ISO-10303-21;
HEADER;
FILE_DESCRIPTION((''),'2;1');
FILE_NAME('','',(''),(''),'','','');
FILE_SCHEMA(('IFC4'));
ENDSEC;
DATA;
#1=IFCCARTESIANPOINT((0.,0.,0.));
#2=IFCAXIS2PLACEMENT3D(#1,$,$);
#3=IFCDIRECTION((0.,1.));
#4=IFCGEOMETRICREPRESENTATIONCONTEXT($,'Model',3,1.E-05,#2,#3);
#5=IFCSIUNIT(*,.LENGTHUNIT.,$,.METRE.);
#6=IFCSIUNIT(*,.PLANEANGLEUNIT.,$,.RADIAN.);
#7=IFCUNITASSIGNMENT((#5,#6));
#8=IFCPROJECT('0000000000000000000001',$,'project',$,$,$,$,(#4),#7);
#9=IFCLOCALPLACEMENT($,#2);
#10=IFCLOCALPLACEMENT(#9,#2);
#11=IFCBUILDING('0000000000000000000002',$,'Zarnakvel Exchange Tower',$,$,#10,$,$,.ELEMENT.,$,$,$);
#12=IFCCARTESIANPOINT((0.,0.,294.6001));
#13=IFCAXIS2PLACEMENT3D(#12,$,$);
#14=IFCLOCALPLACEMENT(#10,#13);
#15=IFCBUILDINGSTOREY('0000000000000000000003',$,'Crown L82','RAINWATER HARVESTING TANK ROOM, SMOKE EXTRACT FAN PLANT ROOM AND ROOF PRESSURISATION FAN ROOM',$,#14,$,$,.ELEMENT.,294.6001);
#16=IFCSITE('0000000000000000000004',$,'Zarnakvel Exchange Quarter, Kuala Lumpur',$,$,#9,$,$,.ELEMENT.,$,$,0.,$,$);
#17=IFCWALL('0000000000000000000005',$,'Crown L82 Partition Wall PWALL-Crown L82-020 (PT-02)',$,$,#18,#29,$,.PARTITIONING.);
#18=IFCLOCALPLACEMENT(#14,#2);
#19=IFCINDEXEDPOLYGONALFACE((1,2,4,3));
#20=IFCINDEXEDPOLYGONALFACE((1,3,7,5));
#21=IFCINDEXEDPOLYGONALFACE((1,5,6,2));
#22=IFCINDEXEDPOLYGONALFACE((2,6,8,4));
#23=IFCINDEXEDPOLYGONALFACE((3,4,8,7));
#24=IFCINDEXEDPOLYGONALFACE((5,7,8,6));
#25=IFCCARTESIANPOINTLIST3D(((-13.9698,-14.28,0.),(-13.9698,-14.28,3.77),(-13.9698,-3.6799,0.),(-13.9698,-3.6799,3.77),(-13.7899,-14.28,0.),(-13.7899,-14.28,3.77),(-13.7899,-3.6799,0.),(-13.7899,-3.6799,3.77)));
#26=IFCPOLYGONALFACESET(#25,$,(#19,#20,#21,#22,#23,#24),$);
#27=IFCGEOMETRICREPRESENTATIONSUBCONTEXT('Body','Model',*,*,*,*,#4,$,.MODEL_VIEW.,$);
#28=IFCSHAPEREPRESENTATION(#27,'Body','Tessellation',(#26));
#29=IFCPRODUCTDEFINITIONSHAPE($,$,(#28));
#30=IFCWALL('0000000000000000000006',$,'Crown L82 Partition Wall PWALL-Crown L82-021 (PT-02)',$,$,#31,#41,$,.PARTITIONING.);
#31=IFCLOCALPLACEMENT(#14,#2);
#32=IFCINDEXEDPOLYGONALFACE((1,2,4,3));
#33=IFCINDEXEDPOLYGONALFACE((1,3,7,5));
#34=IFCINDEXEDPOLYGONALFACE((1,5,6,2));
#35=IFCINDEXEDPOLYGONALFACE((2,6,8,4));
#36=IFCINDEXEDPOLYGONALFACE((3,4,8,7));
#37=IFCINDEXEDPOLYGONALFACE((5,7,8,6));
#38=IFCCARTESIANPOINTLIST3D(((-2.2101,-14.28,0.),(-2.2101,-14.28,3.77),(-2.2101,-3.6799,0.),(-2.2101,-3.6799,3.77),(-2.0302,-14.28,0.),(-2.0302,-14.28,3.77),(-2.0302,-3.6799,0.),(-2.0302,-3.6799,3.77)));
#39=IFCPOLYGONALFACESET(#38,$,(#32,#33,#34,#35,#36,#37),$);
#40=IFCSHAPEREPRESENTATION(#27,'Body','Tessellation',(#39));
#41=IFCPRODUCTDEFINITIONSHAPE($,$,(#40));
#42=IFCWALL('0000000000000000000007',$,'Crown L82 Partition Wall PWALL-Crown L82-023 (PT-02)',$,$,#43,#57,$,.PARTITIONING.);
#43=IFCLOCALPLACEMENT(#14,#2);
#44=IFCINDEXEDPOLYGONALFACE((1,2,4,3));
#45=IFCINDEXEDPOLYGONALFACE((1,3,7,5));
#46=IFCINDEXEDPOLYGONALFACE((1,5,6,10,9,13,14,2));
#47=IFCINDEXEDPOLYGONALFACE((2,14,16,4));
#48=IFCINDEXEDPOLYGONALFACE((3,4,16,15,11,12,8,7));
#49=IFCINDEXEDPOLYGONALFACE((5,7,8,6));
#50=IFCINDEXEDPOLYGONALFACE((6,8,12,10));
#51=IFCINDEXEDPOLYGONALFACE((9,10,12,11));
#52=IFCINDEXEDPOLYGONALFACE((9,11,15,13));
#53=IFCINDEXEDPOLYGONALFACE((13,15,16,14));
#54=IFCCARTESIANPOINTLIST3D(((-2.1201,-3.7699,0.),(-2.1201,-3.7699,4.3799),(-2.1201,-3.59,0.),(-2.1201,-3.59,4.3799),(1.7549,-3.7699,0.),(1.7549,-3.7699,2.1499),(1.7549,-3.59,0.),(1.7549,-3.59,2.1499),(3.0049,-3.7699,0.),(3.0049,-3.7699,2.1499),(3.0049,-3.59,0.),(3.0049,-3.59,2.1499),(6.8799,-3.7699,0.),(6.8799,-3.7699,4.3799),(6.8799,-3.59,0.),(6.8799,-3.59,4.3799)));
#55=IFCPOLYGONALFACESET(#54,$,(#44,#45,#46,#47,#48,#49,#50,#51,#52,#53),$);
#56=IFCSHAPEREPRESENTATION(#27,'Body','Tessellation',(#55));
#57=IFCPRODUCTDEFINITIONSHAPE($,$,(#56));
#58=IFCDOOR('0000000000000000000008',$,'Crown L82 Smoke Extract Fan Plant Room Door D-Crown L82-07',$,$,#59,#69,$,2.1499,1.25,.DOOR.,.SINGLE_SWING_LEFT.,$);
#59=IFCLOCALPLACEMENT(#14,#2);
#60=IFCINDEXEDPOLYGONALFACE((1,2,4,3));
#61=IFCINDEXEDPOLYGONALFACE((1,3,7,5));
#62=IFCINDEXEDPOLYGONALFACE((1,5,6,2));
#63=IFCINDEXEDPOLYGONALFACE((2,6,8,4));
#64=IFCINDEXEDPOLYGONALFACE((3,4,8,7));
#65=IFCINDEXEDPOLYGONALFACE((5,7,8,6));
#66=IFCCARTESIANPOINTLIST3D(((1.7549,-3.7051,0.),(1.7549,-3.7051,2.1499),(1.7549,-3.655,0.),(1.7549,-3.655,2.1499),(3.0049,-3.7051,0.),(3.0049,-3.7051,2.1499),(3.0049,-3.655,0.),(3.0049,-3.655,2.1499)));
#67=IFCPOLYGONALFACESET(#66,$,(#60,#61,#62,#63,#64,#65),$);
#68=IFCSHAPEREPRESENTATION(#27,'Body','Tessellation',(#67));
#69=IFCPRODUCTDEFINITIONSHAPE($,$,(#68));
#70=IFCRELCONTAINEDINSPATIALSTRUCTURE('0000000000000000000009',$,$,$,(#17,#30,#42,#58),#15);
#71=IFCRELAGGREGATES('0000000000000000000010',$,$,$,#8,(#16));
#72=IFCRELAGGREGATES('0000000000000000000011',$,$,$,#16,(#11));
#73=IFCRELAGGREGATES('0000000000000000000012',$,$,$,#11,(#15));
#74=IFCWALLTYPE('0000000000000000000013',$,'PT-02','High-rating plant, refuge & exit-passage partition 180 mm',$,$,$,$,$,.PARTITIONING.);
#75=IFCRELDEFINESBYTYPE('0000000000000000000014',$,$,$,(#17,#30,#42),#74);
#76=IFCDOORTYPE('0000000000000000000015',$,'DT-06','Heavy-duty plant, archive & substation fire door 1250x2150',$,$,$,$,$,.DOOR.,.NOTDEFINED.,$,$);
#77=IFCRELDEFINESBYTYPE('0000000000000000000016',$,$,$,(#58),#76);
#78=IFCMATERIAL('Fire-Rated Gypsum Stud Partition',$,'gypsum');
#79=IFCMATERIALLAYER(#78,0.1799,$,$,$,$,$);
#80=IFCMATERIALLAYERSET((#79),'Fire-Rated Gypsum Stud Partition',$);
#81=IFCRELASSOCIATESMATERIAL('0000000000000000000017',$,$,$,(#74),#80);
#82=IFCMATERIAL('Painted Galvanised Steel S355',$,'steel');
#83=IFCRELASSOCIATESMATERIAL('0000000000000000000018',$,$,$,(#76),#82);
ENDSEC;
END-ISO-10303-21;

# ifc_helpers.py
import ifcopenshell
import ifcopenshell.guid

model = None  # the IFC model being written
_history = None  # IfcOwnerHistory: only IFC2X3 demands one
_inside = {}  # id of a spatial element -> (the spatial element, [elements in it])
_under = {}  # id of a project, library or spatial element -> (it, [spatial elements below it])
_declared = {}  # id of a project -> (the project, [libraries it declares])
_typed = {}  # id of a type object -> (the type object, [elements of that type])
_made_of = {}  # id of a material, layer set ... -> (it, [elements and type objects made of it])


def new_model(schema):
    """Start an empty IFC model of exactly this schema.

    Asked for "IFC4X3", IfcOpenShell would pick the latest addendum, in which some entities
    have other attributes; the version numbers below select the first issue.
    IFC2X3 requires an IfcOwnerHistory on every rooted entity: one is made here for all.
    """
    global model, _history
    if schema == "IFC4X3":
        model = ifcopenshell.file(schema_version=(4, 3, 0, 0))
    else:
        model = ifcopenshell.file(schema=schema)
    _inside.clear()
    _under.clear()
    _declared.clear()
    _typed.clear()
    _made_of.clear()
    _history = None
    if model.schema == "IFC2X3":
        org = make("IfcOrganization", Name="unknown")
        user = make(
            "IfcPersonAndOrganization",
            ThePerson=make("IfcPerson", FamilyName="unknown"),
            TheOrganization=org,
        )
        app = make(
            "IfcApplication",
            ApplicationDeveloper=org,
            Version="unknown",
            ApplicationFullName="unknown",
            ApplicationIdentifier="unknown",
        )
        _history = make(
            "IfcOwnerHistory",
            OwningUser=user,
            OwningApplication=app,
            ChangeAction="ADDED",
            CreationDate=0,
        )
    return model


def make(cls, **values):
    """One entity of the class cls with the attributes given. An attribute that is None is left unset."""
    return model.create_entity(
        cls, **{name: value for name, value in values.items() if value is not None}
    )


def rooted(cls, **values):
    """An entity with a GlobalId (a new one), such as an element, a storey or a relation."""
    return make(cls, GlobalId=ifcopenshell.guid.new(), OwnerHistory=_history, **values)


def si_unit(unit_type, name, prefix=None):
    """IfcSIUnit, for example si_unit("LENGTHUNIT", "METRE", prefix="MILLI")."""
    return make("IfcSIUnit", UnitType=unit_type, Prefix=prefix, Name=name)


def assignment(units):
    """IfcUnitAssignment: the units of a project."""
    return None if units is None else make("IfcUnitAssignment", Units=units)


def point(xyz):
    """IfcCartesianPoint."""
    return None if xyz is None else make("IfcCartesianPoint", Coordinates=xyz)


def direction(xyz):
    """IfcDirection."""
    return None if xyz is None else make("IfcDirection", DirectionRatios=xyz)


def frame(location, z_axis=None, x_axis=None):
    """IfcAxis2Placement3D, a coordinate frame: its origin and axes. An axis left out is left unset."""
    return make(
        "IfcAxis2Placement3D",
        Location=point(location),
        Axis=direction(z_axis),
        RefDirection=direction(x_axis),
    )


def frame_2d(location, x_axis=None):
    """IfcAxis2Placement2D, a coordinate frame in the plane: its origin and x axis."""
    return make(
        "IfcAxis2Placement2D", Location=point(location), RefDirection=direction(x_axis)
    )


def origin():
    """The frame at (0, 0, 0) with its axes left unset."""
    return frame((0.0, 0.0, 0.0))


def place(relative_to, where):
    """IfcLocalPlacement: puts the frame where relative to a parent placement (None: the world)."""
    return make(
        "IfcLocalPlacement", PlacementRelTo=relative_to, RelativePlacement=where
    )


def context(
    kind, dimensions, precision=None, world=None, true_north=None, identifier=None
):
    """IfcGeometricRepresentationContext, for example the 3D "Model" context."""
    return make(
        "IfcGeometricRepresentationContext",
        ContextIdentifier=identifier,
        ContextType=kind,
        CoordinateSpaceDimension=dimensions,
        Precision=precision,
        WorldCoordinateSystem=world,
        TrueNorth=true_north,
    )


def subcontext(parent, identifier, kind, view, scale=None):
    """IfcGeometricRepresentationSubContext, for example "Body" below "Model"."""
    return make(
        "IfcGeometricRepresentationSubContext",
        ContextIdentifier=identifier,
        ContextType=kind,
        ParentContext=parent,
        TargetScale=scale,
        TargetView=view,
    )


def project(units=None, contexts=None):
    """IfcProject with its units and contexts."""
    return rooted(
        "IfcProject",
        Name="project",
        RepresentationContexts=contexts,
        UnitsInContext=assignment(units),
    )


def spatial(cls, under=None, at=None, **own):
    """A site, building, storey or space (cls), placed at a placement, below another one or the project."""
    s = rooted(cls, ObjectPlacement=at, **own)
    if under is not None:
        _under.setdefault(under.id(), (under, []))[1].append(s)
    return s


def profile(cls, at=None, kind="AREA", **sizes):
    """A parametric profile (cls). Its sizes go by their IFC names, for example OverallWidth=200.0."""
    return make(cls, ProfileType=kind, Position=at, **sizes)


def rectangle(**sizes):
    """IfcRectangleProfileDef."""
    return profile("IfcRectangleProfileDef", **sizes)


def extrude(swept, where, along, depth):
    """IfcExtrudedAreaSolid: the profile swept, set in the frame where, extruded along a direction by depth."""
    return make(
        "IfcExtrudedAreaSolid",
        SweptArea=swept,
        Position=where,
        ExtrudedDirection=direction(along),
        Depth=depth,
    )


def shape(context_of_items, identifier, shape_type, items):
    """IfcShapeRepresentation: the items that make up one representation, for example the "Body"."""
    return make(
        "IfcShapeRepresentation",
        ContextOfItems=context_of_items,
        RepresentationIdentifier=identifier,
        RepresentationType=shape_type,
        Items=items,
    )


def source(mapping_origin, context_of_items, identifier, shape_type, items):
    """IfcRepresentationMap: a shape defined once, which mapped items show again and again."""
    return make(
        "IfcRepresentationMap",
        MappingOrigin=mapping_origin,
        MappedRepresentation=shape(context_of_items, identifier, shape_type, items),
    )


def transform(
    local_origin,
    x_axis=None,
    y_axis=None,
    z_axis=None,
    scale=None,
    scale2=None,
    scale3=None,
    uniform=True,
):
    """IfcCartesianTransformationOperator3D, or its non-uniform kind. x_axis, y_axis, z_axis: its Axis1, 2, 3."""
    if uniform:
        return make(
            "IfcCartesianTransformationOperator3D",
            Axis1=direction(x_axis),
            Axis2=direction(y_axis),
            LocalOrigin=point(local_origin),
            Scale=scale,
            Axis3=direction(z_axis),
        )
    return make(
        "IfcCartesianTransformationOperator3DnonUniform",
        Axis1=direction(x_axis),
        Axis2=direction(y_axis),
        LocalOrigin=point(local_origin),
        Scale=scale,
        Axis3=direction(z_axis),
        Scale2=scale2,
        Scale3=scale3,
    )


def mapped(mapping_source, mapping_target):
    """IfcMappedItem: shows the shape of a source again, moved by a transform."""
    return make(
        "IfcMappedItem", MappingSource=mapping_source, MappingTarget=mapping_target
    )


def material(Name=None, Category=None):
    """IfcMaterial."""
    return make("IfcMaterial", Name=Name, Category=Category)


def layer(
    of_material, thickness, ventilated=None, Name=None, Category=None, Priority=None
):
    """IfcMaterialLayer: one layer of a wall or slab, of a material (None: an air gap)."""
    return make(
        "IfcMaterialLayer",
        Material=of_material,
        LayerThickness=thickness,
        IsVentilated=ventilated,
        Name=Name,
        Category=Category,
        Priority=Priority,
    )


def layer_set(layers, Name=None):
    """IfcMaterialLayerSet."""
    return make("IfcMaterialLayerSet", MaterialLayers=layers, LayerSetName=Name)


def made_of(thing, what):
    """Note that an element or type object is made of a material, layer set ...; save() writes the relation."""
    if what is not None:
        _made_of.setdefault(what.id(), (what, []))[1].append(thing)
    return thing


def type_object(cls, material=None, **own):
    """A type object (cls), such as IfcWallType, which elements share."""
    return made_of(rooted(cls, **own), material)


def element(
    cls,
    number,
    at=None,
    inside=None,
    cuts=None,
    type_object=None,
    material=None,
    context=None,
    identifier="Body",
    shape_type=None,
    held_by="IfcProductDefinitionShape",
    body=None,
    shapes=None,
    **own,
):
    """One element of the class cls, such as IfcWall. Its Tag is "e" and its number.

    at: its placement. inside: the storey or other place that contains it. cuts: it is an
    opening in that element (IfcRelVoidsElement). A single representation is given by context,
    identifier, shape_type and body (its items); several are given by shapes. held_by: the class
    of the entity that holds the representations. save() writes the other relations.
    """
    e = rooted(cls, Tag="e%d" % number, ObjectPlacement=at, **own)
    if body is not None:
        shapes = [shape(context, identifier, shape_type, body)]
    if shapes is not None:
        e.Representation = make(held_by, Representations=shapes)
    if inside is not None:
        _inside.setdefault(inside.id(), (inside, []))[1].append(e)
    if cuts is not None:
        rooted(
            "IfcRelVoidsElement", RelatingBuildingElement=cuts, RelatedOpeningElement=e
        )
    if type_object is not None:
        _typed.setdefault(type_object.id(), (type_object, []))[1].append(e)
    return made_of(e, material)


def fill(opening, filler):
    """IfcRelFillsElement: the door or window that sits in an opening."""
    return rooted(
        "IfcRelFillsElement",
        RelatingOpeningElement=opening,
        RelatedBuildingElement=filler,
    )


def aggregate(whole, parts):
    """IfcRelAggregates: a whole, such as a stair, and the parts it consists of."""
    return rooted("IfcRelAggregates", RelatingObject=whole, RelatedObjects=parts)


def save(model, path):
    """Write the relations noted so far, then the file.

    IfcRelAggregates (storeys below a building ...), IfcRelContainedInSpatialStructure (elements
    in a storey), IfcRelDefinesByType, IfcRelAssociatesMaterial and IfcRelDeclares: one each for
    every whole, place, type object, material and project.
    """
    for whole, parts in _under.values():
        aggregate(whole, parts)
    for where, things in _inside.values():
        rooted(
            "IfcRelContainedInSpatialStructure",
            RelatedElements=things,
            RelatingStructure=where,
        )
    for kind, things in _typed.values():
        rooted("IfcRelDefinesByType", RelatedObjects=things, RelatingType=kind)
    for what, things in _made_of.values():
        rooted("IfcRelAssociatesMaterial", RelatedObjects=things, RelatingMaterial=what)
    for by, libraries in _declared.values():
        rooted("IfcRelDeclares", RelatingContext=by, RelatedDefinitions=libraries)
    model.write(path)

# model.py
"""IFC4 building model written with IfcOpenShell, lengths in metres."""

from ifc_helpers import new_model, si_unit, direction, frame, frame_2d, origin, place, context, subcontext, project, spatial, rectangle, extrude, source, transform, mapped, material, layer, layer_set, type_object, element, fill, save


model = new_model("IFC4")

# Units and contexts
model_context = context("Model", 3, precision=1e-05, world=origin(), true_north=direction((0.0, 1.0)))
body_context = subcontext(model_context, "Body", "Model", "MODEL_VIEW")
ifc_project = project(units=[si_unit("LENGTHUNIT", "METRE"), si_unit("PLANEANGLEUNIT", "RADIAN")], contexts=[model_context])

# Site, building, storey
site_placement = place(None, origin())
site = spatial("IfcSite", under=ifc_project, at=site_placement, Name="Zarnakvel Exchange Quarter, Kuala Lumpur", CompositionType="ELEMENT", RefElevation=0.0)
building_placement = place(site_placement, origin())
building = spatial("IfcBuilding", under=site, at=building_placement, Name="Zarnakvel Exchange Tower", CompositionType="ELEMENT")
storey_placement = place(building_placement, frame((0.0, 0.0, 294.6001)))
storey = spatial("IfcBuildingStorey", under=building, at=storey_placement, Name="Crown L82", Description="RAINWATER HARVESTING TANK ROOM, SMOKE EXTRACT FAN PLANT ROOM AND ROOF PRESSURISATION FAN ROOM", CompositionType="ELEMENT", Elevation=294.6001)

# Shared definitions
ifc_material_1 = material(Name="Painted Galvanised Steel S355", Category="steel")

# Shared definitions
ifc_material_2 = material(Name="Fire-Rated Gypsum Stud Partition", Category="gypsum")
ifc_layer_1 = layer(ifc_material_2, 0.1799)
ifc_layer_set_1 = layer_set([ifc_layer_1], Name="Fire-Rated Gypsum Stud Partition")
wall_type_1 = type_object("IfcWallType", Name="PT-02", Description="High-rating plant, refuge & exit-passage partition 180 mm", PredefinedType="PARTITIONING", material=ifc_layer_set_1)

# Shared definitions
door_type_1 = type_object("IfcDoorType", Name="DT-06", Description="Heavy-duty plant, archive & substation fire door 1250x2150", OperationType="NOTDEFINED", PredefinedType="DOOR", material=ifc_material_1)
shared_shape_1 = source(origin(), body_context, "Body", "SweptSolid", [
    extrude(rectangle(XDim=1.25, YDim=2.1499, at=frame_2d((0.625, 1.075))), frame((0.0, 0.0249, 0.0), z_axis=(0.0, -1.0, 0.0), x_axis=(1.0, 0.0, 0.0)), (0.0, 0.0, 1.0), 0.05),
])

# Walls
for number, where, z_axis, x_axis, name in (
    (1, (-13.8799, -14.28, 0.0), (0.0, 0.0, 1.0), (0.0, 1.0, 0.0), "Crown L82 Partition Wall PWALL-Crown L82-020 (PT-02)"),
    (2, (-2.1201, -3.6799, 0.0), (0.0, 0.0, 1.0), (0.0, -1.0, 0.0), "Crown L82 Partition Wall PWALL-Crown L82-021 (PT-02)"),
):
    element("IfcWall", number, at=place(storey_placement, frame(where, z_axis=z_axis, x_axis=x_axis)), inside=storey, type_object=wall_type_1, Name=name, PredefinedType="PARTITIONING", context=body_context, shape_type="SweptSolid", body=[
        extrude(rectangle(XDim=10.6001, YDim=0.1799, at=frame_2d((5.3, 0.0))), origin(), (0.0, 0.0, 1.0), 3.77),
    ])

# Wall, opening, door
wall_1_placement = place(storey_placement, frame((-2.1201, -3.6799, 0.0), z_axis=(0.0, 0.0, 1.0), x_axis=(1.0, 0.0, 0.0)))
wall_1 = element("IfcWall", 3, at=wall_1_placement, inside=storey, type_object=wall_type_1, Name="Crown L82 Partition Wall PWALL-Crown L82-023 (PT-02)", PredefinedType="PARTITIONING", context=body_context, shape_type="SweptSolid", body=[
    extrude(rectangle(XDim=9.0, YDim=0.1799, at=frame_2d((4.5, 0.0))), origin(), (0.0, 0.0, 1.0), 4.3799),
])
opening_1_placement = place(wall_1_placement, frame((3.875, 0.0, 0.0)))
opening_1 = element("IfcOpeningElement", 4, at=opening_1_placement, cuts=wall_1, PredefinedType="OPENING", context=body_context, shape_type="SweptSolid", body=[
    extrude(rectangle(XDim=1.25, YDim=2.1499, at=frame_2d((0.625, 1.075))), frame((0.0, 0.0999, 0.0), z_axis=(0.0, -1.0, 0.0), x_axis=(1.0, 0.0, 0.0)), (0.0, 0.0, 1.0), 0.2),
])
door_1_placement = place(opening_1_placement, origin())
door_1 = element("IfcDoor", 5, at=door_1_placement, inside=storey, type_object=door_type_1, Name="Crown L82 Smoke Extract Fan Plant Room Door D-Crown L82-07", OperationType="SINGLE_SWING_LEFT", OverallHeight=2.1499, OverallWidth=1.25, PredefinedType="DOOR", context=body_context, shape_type="MappedRepresentation", body=[
    mapped(shared_shape_1, transform((0.0, 0.0, 0.0), x_axis=(1.0, 0.0, 0.0), y_axis=(0.0, 1.0, 0.0), z_axis=(0.0, 0.0, 1.0), scale=1.0)),
])
fill(opening_1, door_1)

save(model, "model.ifc")
